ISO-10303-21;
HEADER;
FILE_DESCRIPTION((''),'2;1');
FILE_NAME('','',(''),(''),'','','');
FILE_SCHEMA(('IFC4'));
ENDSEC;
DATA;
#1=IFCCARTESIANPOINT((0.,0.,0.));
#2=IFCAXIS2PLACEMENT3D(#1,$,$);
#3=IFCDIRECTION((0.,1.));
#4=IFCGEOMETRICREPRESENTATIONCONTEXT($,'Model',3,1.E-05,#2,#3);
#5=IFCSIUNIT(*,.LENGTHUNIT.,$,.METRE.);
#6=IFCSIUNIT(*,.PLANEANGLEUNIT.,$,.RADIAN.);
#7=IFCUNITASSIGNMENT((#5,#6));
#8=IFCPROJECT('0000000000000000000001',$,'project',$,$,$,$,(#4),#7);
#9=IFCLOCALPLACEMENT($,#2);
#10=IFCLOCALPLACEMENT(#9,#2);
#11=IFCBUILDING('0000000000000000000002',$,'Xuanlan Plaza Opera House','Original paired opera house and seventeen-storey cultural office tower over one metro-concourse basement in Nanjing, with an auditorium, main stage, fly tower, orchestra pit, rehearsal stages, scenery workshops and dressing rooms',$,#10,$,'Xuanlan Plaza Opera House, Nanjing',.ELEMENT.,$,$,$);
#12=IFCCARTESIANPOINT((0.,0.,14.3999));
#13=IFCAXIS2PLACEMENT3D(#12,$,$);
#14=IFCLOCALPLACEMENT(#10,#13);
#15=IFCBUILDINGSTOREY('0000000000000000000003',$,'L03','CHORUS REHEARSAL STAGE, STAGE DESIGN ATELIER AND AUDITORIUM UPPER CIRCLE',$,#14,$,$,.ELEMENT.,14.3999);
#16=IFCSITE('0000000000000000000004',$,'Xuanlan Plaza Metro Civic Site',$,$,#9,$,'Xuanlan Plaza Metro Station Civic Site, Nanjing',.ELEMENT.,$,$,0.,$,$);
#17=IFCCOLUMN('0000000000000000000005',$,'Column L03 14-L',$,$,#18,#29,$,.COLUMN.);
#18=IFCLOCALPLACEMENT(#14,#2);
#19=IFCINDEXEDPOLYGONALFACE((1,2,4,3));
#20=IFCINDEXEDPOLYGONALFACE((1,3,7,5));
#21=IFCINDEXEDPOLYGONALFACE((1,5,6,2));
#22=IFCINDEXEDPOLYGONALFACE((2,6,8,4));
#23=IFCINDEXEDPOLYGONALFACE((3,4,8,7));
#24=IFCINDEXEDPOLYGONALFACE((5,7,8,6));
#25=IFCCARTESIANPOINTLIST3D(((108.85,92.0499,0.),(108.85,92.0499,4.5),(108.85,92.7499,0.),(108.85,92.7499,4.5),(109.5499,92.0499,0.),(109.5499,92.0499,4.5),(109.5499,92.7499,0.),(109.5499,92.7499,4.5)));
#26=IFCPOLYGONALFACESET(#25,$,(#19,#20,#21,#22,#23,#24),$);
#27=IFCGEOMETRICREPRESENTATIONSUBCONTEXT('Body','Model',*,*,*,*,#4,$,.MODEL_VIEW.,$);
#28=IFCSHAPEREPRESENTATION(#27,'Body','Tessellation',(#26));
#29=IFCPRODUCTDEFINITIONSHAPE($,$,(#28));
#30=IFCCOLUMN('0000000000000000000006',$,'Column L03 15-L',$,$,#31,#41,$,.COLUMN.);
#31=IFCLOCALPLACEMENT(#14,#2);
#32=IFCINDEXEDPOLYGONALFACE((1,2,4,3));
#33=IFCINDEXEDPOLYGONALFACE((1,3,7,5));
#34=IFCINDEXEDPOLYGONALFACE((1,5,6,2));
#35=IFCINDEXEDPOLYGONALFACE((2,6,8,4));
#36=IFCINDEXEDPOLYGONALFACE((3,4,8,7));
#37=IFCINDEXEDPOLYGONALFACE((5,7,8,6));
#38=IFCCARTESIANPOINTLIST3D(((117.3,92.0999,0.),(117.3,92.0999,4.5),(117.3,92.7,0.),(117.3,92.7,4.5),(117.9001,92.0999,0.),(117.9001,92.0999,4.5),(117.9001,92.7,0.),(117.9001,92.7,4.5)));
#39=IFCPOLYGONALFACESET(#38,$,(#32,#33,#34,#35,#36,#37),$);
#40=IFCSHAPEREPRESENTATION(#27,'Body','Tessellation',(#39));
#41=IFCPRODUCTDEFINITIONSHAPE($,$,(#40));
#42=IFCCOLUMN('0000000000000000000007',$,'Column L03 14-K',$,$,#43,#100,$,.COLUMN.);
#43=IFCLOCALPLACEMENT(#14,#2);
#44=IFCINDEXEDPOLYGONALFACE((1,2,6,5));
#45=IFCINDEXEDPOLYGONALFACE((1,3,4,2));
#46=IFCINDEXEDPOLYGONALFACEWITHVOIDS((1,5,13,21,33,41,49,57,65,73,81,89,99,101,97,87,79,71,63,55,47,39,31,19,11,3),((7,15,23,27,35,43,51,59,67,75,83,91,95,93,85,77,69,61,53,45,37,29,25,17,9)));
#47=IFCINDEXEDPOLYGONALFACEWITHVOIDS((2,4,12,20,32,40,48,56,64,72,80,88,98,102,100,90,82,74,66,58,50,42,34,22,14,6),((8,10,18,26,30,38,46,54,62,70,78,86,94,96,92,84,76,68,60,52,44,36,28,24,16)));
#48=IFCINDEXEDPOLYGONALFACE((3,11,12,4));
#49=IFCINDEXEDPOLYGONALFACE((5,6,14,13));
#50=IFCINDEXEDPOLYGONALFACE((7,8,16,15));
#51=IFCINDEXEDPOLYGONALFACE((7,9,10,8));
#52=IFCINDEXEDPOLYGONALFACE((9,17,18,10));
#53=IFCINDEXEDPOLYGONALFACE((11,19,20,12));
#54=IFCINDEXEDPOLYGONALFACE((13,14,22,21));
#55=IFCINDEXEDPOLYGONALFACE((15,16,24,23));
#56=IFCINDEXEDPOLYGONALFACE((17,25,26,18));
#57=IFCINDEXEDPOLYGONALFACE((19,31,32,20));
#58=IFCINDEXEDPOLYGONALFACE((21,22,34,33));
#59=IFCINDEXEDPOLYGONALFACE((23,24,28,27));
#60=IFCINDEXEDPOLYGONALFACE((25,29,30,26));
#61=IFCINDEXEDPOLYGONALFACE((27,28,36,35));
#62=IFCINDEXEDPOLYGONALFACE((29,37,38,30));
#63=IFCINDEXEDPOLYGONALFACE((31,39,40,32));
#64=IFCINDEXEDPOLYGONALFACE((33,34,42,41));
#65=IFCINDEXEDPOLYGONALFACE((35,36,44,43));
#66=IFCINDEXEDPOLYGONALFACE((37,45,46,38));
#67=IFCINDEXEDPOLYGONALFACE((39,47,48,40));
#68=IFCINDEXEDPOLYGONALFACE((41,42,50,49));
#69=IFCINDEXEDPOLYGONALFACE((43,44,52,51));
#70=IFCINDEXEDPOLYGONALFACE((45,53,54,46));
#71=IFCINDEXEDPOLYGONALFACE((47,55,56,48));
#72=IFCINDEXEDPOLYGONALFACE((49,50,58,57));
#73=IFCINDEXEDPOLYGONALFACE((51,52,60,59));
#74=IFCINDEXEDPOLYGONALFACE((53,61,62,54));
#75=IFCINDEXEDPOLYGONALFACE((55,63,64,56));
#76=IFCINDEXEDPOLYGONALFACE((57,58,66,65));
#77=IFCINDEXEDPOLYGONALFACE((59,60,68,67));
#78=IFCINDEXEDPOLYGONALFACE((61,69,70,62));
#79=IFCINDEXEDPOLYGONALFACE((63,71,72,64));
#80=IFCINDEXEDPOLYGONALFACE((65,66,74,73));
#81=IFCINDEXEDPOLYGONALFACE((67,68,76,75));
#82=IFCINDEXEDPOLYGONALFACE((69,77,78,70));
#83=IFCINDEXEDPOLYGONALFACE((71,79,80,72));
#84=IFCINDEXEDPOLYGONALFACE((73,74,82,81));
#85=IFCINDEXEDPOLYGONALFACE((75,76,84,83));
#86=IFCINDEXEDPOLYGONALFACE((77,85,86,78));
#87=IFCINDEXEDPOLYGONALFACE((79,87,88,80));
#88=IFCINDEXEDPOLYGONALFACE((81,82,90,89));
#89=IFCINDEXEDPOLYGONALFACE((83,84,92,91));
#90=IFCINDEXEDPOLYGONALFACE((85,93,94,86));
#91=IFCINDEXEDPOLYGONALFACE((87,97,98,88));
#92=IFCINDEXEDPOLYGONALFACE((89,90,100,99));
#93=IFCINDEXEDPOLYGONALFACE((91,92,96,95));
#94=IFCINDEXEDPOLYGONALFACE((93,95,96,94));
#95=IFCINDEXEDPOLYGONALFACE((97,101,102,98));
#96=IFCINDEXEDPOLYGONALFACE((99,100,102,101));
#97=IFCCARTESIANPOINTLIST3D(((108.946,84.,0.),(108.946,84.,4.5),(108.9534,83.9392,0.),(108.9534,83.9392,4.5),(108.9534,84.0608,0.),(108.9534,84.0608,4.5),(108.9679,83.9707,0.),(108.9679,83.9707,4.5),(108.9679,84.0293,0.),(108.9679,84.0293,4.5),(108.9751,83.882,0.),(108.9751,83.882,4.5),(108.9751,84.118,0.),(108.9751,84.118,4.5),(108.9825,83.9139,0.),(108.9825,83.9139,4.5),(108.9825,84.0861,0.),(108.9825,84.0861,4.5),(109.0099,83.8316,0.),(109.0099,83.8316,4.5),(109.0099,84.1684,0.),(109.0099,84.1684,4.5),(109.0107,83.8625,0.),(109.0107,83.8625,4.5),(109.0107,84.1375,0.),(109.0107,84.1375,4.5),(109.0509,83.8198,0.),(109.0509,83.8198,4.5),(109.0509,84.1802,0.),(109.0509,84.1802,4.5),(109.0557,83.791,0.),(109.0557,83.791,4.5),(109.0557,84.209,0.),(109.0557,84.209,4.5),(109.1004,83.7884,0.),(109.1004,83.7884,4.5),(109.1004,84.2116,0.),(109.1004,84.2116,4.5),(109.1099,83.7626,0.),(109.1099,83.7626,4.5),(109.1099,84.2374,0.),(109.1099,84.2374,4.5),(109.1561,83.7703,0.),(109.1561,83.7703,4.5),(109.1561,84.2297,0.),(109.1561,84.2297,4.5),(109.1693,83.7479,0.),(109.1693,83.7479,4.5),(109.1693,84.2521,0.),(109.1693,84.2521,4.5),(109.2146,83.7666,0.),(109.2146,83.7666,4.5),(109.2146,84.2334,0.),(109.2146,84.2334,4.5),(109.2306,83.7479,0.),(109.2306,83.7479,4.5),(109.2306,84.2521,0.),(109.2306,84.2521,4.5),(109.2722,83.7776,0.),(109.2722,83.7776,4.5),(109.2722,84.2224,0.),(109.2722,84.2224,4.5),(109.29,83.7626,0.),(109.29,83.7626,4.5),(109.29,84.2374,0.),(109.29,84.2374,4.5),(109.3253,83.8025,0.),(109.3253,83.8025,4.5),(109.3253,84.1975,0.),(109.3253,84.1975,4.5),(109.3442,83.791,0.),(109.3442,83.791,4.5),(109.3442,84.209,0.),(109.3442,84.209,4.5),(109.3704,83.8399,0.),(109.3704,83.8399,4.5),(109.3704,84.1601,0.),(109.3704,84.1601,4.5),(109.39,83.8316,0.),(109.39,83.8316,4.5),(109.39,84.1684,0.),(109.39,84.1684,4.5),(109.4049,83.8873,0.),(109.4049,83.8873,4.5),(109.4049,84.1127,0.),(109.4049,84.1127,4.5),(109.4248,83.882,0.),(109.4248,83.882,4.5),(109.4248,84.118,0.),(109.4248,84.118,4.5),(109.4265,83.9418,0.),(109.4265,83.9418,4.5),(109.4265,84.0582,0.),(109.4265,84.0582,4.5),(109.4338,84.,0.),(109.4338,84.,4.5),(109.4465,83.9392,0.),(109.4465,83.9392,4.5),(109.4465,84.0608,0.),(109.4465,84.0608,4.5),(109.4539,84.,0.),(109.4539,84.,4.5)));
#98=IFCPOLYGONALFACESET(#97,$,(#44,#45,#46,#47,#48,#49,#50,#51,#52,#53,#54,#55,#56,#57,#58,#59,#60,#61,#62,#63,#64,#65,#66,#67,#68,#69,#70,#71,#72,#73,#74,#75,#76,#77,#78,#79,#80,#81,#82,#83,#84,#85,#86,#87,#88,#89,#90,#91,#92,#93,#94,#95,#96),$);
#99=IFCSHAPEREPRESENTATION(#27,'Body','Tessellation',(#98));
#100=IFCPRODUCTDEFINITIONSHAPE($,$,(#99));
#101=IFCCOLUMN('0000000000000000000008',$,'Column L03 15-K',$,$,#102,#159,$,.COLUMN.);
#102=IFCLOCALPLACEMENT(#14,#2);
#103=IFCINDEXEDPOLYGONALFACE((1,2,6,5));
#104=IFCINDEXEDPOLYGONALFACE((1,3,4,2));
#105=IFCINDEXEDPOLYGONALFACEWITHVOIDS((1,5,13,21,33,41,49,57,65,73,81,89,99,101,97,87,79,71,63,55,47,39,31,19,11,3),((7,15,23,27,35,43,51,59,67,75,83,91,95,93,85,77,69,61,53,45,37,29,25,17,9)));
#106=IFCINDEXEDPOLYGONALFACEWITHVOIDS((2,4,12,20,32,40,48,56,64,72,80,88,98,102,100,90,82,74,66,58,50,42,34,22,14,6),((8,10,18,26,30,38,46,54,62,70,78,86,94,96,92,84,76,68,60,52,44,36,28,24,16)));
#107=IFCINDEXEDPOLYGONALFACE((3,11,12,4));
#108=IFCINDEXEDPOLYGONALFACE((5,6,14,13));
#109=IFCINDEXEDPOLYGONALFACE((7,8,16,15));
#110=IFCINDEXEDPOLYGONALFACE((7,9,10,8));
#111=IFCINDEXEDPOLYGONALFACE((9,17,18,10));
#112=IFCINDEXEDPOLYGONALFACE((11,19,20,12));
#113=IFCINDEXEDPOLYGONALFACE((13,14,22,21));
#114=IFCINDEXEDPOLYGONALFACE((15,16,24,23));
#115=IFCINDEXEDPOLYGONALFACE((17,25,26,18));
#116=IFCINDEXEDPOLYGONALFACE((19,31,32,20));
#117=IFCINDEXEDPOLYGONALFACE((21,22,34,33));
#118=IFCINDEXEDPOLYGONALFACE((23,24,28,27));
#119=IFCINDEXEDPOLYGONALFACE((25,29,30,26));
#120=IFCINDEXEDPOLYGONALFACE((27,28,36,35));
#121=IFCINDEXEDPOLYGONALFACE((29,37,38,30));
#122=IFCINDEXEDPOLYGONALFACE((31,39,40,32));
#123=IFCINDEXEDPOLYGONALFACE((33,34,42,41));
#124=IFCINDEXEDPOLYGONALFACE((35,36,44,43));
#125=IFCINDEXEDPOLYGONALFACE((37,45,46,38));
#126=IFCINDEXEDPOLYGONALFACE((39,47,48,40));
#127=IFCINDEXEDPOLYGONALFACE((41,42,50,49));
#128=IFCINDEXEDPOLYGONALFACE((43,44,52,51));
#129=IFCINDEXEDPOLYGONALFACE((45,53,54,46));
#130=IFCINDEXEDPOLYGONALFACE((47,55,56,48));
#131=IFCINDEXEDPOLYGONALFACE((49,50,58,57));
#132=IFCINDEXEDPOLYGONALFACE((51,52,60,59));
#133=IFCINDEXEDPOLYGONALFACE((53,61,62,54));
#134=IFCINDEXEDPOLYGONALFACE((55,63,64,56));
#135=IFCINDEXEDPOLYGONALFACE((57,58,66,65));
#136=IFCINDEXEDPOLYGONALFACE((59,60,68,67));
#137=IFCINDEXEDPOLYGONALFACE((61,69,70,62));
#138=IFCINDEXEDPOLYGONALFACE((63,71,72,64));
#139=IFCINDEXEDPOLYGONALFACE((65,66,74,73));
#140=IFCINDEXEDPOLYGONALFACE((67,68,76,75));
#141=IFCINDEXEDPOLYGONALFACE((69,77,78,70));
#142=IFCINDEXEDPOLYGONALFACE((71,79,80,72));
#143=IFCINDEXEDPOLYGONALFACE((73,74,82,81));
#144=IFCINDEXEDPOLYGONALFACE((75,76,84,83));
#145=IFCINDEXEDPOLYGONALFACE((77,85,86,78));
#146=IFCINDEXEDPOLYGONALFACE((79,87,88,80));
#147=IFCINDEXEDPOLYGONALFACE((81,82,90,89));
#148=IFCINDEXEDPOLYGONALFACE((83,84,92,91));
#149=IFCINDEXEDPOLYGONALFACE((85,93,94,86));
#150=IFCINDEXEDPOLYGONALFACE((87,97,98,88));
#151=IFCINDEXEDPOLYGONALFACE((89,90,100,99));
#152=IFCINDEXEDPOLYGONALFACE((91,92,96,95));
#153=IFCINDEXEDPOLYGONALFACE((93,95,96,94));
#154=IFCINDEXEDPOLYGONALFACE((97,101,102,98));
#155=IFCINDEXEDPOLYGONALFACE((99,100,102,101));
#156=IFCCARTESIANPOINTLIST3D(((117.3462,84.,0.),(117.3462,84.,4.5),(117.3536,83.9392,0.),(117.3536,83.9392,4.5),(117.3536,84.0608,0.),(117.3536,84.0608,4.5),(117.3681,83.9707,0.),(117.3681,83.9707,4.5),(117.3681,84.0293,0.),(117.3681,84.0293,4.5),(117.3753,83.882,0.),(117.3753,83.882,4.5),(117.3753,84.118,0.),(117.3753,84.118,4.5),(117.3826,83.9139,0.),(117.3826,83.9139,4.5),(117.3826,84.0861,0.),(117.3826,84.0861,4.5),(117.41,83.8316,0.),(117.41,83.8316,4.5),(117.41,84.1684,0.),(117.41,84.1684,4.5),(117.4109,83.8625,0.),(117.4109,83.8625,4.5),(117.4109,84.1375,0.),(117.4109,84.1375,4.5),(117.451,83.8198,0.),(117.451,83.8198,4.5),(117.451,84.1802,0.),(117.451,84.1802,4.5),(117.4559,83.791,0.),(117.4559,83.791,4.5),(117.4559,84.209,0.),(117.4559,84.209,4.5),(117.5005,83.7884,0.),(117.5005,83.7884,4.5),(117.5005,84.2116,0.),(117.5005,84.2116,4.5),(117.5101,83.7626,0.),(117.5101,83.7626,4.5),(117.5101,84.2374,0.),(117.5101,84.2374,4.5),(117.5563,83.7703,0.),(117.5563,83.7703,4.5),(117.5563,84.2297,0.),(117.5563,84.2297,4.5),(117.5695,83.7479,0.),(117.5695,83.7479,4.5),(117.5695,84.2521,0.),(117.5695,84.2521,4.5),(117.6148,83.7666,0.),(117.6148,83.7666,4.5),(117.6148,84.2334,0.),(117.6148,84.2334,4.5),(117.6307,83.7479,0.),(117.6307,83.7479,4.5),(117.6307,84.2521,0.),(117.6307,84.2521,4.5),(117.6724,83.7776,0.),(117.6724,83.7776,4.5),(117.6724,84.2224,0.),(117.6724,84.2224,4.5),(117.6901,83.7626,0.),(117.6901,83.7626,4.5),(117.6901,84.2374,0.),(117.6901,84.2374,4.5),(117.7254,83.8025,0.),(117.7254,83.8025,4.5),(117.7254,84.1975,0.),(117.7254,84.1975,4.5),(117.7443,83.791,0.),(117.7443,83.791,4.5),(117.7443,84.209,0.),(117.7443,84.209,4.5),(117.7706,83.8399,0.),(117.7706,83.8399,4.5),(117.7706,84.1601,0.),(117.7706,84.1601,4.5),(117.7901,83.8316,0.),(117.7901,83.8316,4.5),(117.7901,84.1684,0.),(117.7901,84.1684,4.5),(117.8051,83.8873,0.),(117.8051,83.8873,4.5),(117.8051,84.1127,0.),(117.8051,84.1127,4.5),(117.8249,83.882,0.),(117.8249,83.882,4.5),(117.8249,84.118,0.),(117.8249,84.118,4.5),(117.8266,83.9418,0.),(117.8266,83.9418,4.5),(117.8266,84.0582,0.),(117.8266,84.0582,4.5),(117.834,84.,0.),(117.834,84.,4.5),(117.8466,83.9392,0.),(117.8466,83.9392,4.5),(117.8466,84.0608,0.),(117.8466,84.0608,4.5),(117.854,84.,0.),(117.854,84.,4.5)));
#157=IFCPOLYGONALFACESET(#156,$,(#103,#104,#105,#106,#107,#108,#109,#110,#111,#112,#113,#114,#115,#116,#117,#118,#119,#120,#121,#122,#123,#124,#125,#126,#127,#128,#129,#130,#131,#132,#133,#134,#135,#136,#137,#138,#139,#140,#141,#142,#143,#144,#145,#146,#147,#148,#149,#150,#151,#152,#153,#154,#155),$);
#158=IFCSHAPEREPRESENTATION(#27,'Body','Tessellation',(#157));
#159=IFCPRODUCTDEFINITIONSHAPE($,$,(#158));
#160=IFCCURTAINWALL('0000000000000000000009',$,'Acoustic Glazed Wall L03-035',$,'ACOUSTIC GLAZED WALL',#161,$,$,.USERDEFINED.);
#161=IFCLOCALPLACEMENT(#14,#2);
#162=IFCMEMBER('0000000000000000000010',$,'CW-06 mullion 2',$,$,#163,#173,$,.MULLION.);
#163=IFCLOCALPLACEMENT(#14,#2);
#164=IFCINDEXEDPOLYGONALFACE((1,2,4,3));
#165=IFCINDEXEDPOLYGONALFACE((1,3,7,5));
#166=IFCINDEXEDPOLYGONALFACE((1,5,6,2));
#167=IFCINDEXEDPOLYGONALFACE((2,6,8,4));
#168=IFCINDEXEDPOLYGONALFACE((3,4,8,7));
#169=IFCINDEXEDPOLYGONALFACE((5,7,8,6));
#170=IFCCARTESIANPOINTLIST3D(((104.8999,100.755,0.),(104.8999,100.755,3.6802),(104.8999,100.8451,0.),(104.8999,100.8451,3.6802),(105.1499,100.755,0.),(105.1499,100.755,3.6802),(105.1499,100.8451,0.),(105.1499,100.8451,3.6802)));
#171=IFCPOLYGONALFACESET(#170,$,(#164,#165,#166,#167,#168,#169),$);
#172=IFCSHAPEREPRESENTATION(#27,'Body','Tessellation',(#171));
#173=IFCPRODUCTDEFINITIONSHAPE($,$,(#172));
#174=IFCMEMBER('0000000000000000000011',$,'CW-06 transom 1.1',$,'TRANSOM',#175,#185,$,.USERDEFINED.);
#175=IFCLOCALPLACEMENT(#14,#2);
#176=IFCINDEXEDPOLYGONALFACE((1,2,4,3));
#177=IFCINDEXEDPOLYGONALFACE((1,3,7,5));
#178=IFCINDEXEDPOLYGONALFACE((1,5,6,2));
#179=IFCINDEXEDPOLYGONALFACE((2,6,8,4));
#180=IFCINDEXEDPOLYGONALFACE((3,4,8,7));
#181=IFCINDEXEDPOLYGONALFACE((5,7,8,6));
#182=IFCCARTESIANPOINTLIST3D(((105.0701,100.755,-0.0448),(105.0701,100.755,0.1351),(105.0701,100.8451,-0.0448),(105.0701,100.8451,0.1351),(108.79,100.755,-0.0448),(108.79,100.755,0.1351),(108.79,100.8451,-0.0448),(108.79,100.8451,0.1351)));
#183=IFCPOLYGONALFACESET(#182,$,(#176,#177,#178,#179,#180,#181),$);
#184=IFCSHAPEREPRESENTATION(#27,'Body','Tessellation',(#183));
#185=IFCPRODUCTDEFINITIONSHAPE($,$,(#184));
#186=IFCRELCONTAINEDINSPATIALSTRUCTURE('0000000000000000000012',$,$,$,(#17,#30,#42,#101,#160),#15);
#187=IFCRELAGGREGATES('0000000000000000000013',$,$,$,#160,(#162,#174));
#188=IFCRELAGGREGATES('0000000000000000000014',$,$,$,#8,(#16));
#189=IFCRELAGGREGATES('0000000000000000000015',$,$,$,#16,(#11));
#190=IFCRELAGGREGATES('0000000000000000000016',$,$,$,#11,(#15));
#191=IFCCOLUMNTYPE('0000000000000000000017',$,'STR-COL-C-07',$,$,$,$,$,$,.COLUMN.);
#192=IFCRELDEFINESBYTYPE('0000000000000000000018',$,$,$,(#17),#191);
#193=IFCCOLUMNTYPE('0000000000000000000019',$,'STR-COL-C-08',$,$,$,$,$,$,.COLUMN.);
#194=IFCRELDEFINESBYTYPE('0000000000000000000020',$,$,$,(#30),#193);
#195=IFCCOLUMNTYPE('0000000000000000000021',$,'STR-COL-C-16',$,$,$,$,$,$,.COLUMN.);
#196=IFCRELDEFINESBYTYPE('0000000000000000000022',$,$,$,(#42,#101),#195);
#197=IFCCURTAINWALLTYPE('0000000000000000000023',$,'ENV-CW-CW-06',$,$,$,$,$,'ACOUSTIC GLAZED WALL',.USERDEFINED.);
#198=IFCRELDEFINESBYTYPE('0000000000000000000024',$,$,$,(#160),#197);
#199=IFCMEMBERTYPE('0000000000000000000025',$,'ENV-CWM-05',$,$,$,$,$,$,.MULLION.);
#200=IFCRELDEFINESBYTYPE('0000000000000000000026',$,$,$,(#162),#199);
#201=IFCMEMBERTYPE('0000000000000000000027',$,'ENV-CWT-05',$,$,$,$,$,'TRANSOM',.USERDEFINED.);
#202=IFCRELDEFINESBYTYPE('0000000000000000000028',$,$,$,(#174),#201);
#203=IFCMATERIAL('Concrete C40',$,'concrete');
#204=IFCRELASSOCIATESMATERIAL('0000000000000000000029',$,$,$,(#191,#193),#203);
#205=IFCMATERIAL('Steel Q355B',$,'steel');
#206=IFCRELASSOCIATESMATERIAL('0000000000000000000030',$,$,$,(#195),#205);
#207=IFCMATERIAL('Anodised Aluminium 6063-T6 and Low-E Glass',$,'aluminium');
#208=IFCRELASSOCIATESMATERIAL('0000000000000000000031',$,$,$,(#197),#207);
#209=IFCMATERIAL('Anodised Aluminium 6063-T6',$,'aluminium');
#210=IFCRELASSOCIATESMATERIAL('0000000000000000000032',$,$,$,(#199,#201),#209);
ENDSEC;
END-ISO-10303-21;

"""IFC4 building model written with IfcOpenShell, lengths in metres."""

from ifc_helpers import new_model, si_unit, direction, frame, origin, origin_2d, place, context, subcontext, project, spatial, rectangle, hollow_circle, extrude, material, material_profile, profile_set, type_object, element, aggregate, save


model = new_model("IFC4")

# Units and contexts
model_context = context("Model", 3, precision=1e-05, world=origin(), true_north=direction((0.0, 1.0)))
body_context = subcontext(model_context, "Body", "Model", "MODEL_VIEW")
ifc_project = project(units=[si_unit("LENGTHUNIT", "METRE"), si_unit("PLANEANGLEUNIT", "RADIAN")], contexts=[model_context])

# Site, building, storey
site_placement = place(None, origin())
site = spatial("IfcSite", under=ifc_project, at=site_placement, Name="Xuanlan Plaza Metro Civic Site", LongName="Xuanlan Plaza Metro Station Civic Site, Nanjing", CompositionType="ELEMENT", RefElevation=0.0)
building_placement = place(site_placement, origin())
building = spatial("IfcBuilding", under=site, at=building_placement, Name="Xuanlan Plaza Opera House", Description="Original paired opera house and seventeen-storey cultural office tower over one metro-concourse basement in Nanjing, with an auditorium, main stage, fly tower, orchestra pit, rehearsal stages, scenery workshops and dressing rooms", LongName="Xuanlan Plaza Opera House, Nanjing", CompositionType="ELEMENT")
storey_placement = place(building_placement, frame((0.0, 0.0, 14.3999)))
storey = spatial("IfcBuildingStorey", under=building, at=storey_placement, Name="L03", Description="CHORUS REHEARSAL STAGE, STAGE DESIGN ATELIER AND AUDITORIUM UPPER CIRCLE", CompositionType="ELEMENT", Elevation=14.3999)

# Columns
ifc_material_1 = material(Name="Concrete C40", Category="concrete")
ifc_material_profile_1 = material_profile(ifc_material_1, rectangle(XDim=0.7, YDim=0.7, at=origin_2d()), Name="RC-COL 700x700")
ifc_profile_set_1 = profile_set([ifc_material_profile_1], Name="Concrete C40")
column_type_1 = type_object("IfcColumnType", Name="STR-COL-C-07", PredefinedType="COLUMN", material=ifc_profile_set_1)
column_1_placement = place(storey_placement, frame((109.2, 92.3999, 0.0), z_axis=(0.0, 0.0, 1.0), x_axis=(1.0, 0.0, 0.0)))
element("IfcColumn", 1, at=column_1_placement, inside=storey, type_object=column_type_1, Name="Column L03 14-L", PredefinedType="COLUMN", context=body_context, shape_type="SweptSolid", body=[
    extrude(rectangle(XDim=0.7, YDim=0.7, at=origin_2d()), origin(), (0.0, 0.0, 1.0), 4.5),
])
ifc_material_profile_2 = material_profile(ifc_material_1, rectangle(XDim=0.6001, YDim=0.6001, at=origin_2d()), Name="RC-COL 600x600")
ifc_profile_set_2 = profile_set([ifc_material_profile_2], Name="Concrete C40")
column_type_2 = type_object("IfcColumnType", Name="STR-COL-C-08", PredefinedType="COLUMN", material=ifc_profile_set_2)
column_2_placement = place(storey_placement, frame((117.6001, 92.3999, 0.0), z_axis=(0.0, 0.0, 1.0), x_axis=(1.0, 0.0, 0.0)))
element("IfcColumn", 2, at=column_2_placement, inside=storey, type_object=column_type_2, Name="Column L03 15-L", PredefinedType="COLUMN", context=body_context, shape_type="SweptSolid", body=[
    extrude(rectangle(XDim=0.6001, YDim=0.6001, at=origin_2d()), origin(), (0.0, 0.0, 1.0), 4.5),
])
ifc_material_2 = material(Name="Steel Q355B", Category="steel")
ifc_material_profile_3 = material_profile(ifc_material_2, hollow_circle(Radius=0.2539, WallThickness=0.02, at=origin_2d()), Name="CHS 508x20")
ifc_profile_set_3 = profile_set([ifc_material_profile_3], Name="Steel Q355B")
column_type_3 = type_object("IfcColumnType", Name="STR-COL-C-16", PredefinedType="COLUMN", material=ifc_profile_set_3)
for number, where, z_axis, x_axis, name in (
    (3, (109.2, 84.0, 0.0), (0.0, 0.0, 1.0), (1.0, 0.0, 0.0), "Column L03 14-K"),
    (4, (117.6001, 84.0, 0.0), (0.0, 0.0, 1.0), (1.0, 0.0, 0.0), "Column L03 15-K"),
):
    element("IfcColumn", number, at=place(storey_placement, frame(where, z_axis=z_axis, x_axis=x_axis)), inside=storey, type_object=column_type_3, Name=name, PredefinedType="COLUMN", context=body_context, shape_type="SweptSolid", body=[
        extrude(hollow_circle(Radius=0.2539, WallThickness=0.02, at=origin_2d()), origin(), (0.0, 0.0, 1.0), 4.5),
    ])

# Curtain wall, members
ifc_material_3 = material(Name="Anodised Aluminium 6063-T6 and Low-E Glass", Category="aluminium")
curtain_wall_type = type_object("IfcCurtainWallType", Name="ENV-CW-CW-06", ElementType="ACOUSTIC GLAZED WALL", PredefinedType="USERDEFINED", material=ifc_material_3)
curtain_wall_placement = place(storey_placement, origin())
curtain_wall = element("IfcCurtainWall", 5, at=curtain_wall_placement, inside=storey, type_object=curtain_wall_type, Name="Acoustic Glazed Wall L03-035", ObjectType="ACOUSTIC GLAZED WALL", PredefinedType="USERDEFINED")
ifc_material_4 = material(Name="Anodised Aluminium 6063-T6", Category="aluminium")
ifc_material_profile_4 = material_profile(ifc_material_4, rectangle(XDim=0.0901, YDim=0.25, at=origin_2d()), Name="ALU-M 90x250")
ifc_profile_set_4 = profile_set([ifc_material_profile_4], Name="Anodised Aluminium 6063-T6")
member_type_1 = type_object("IfcMemberType", Name="ENV-CWM-05", PredefinedType="MULLION", material=ifc_profile_set_4)
member_1_placement = place(storey_placement, frame((105.0249, 100.8, 0.0), z_axis=(0.0, 0.0, 1.0), x_axis=(0.0, -1.0, 0.0)))
member_1 = element("IfcMember", 6, at=member_1_placement, type_object=member_type_1, Name="CW-06 mullion 2", PredefinedType="MULLION", context=body_context, shape_type="SweptSolid", body=[
    extrude(rectangle(XDim=0.0901, YDim=0.25, at=origin_2d()), origin(), (0.0, 0.0, 1.0), 3.6802),
])
ifc_material_profile_5 = material_profile(ifc_material_4, rectangle(XDim=0.0901, YDim=0.1799, at=origin_2d()), Name="ALU-T 90x180")
ifc_profile_set_5 = profile_set([ifc_material_profile_5], Name="Anodised Aluminium 6063-T6")
member_type_2 = type_object("IfcMemberType", Name="ENV-CWT-05", ElementType="TRANSOM", PredefinedType="USERDEFINED", material=ifc_profile_set_5)
member_2_placement = place(storey_placement, frame((108.79, 100.8, 0.0452), z_axis=(-1.0, 0.0, 0.0), x_axis=(0.0, -1.0, 0.0)))
member_2 = element("IfcMember", 7, at=member_2_placement, type_object=member_type_2, Name="CW-06 transom 1.1", ObjectType="TRANSOM", PredefinedType="USERDEFINED", context=body_context, shape_type="SweptSolid", body=[
    extrude(rectangle(XDim=0.0901, YDim=0.1799, at=origin_2d()), origin(), (0.0, 0.0, 1.0), 3.72),
])

aggregate(curtain_wall, [member_1, member_2])

save(model, "model.ifc")
